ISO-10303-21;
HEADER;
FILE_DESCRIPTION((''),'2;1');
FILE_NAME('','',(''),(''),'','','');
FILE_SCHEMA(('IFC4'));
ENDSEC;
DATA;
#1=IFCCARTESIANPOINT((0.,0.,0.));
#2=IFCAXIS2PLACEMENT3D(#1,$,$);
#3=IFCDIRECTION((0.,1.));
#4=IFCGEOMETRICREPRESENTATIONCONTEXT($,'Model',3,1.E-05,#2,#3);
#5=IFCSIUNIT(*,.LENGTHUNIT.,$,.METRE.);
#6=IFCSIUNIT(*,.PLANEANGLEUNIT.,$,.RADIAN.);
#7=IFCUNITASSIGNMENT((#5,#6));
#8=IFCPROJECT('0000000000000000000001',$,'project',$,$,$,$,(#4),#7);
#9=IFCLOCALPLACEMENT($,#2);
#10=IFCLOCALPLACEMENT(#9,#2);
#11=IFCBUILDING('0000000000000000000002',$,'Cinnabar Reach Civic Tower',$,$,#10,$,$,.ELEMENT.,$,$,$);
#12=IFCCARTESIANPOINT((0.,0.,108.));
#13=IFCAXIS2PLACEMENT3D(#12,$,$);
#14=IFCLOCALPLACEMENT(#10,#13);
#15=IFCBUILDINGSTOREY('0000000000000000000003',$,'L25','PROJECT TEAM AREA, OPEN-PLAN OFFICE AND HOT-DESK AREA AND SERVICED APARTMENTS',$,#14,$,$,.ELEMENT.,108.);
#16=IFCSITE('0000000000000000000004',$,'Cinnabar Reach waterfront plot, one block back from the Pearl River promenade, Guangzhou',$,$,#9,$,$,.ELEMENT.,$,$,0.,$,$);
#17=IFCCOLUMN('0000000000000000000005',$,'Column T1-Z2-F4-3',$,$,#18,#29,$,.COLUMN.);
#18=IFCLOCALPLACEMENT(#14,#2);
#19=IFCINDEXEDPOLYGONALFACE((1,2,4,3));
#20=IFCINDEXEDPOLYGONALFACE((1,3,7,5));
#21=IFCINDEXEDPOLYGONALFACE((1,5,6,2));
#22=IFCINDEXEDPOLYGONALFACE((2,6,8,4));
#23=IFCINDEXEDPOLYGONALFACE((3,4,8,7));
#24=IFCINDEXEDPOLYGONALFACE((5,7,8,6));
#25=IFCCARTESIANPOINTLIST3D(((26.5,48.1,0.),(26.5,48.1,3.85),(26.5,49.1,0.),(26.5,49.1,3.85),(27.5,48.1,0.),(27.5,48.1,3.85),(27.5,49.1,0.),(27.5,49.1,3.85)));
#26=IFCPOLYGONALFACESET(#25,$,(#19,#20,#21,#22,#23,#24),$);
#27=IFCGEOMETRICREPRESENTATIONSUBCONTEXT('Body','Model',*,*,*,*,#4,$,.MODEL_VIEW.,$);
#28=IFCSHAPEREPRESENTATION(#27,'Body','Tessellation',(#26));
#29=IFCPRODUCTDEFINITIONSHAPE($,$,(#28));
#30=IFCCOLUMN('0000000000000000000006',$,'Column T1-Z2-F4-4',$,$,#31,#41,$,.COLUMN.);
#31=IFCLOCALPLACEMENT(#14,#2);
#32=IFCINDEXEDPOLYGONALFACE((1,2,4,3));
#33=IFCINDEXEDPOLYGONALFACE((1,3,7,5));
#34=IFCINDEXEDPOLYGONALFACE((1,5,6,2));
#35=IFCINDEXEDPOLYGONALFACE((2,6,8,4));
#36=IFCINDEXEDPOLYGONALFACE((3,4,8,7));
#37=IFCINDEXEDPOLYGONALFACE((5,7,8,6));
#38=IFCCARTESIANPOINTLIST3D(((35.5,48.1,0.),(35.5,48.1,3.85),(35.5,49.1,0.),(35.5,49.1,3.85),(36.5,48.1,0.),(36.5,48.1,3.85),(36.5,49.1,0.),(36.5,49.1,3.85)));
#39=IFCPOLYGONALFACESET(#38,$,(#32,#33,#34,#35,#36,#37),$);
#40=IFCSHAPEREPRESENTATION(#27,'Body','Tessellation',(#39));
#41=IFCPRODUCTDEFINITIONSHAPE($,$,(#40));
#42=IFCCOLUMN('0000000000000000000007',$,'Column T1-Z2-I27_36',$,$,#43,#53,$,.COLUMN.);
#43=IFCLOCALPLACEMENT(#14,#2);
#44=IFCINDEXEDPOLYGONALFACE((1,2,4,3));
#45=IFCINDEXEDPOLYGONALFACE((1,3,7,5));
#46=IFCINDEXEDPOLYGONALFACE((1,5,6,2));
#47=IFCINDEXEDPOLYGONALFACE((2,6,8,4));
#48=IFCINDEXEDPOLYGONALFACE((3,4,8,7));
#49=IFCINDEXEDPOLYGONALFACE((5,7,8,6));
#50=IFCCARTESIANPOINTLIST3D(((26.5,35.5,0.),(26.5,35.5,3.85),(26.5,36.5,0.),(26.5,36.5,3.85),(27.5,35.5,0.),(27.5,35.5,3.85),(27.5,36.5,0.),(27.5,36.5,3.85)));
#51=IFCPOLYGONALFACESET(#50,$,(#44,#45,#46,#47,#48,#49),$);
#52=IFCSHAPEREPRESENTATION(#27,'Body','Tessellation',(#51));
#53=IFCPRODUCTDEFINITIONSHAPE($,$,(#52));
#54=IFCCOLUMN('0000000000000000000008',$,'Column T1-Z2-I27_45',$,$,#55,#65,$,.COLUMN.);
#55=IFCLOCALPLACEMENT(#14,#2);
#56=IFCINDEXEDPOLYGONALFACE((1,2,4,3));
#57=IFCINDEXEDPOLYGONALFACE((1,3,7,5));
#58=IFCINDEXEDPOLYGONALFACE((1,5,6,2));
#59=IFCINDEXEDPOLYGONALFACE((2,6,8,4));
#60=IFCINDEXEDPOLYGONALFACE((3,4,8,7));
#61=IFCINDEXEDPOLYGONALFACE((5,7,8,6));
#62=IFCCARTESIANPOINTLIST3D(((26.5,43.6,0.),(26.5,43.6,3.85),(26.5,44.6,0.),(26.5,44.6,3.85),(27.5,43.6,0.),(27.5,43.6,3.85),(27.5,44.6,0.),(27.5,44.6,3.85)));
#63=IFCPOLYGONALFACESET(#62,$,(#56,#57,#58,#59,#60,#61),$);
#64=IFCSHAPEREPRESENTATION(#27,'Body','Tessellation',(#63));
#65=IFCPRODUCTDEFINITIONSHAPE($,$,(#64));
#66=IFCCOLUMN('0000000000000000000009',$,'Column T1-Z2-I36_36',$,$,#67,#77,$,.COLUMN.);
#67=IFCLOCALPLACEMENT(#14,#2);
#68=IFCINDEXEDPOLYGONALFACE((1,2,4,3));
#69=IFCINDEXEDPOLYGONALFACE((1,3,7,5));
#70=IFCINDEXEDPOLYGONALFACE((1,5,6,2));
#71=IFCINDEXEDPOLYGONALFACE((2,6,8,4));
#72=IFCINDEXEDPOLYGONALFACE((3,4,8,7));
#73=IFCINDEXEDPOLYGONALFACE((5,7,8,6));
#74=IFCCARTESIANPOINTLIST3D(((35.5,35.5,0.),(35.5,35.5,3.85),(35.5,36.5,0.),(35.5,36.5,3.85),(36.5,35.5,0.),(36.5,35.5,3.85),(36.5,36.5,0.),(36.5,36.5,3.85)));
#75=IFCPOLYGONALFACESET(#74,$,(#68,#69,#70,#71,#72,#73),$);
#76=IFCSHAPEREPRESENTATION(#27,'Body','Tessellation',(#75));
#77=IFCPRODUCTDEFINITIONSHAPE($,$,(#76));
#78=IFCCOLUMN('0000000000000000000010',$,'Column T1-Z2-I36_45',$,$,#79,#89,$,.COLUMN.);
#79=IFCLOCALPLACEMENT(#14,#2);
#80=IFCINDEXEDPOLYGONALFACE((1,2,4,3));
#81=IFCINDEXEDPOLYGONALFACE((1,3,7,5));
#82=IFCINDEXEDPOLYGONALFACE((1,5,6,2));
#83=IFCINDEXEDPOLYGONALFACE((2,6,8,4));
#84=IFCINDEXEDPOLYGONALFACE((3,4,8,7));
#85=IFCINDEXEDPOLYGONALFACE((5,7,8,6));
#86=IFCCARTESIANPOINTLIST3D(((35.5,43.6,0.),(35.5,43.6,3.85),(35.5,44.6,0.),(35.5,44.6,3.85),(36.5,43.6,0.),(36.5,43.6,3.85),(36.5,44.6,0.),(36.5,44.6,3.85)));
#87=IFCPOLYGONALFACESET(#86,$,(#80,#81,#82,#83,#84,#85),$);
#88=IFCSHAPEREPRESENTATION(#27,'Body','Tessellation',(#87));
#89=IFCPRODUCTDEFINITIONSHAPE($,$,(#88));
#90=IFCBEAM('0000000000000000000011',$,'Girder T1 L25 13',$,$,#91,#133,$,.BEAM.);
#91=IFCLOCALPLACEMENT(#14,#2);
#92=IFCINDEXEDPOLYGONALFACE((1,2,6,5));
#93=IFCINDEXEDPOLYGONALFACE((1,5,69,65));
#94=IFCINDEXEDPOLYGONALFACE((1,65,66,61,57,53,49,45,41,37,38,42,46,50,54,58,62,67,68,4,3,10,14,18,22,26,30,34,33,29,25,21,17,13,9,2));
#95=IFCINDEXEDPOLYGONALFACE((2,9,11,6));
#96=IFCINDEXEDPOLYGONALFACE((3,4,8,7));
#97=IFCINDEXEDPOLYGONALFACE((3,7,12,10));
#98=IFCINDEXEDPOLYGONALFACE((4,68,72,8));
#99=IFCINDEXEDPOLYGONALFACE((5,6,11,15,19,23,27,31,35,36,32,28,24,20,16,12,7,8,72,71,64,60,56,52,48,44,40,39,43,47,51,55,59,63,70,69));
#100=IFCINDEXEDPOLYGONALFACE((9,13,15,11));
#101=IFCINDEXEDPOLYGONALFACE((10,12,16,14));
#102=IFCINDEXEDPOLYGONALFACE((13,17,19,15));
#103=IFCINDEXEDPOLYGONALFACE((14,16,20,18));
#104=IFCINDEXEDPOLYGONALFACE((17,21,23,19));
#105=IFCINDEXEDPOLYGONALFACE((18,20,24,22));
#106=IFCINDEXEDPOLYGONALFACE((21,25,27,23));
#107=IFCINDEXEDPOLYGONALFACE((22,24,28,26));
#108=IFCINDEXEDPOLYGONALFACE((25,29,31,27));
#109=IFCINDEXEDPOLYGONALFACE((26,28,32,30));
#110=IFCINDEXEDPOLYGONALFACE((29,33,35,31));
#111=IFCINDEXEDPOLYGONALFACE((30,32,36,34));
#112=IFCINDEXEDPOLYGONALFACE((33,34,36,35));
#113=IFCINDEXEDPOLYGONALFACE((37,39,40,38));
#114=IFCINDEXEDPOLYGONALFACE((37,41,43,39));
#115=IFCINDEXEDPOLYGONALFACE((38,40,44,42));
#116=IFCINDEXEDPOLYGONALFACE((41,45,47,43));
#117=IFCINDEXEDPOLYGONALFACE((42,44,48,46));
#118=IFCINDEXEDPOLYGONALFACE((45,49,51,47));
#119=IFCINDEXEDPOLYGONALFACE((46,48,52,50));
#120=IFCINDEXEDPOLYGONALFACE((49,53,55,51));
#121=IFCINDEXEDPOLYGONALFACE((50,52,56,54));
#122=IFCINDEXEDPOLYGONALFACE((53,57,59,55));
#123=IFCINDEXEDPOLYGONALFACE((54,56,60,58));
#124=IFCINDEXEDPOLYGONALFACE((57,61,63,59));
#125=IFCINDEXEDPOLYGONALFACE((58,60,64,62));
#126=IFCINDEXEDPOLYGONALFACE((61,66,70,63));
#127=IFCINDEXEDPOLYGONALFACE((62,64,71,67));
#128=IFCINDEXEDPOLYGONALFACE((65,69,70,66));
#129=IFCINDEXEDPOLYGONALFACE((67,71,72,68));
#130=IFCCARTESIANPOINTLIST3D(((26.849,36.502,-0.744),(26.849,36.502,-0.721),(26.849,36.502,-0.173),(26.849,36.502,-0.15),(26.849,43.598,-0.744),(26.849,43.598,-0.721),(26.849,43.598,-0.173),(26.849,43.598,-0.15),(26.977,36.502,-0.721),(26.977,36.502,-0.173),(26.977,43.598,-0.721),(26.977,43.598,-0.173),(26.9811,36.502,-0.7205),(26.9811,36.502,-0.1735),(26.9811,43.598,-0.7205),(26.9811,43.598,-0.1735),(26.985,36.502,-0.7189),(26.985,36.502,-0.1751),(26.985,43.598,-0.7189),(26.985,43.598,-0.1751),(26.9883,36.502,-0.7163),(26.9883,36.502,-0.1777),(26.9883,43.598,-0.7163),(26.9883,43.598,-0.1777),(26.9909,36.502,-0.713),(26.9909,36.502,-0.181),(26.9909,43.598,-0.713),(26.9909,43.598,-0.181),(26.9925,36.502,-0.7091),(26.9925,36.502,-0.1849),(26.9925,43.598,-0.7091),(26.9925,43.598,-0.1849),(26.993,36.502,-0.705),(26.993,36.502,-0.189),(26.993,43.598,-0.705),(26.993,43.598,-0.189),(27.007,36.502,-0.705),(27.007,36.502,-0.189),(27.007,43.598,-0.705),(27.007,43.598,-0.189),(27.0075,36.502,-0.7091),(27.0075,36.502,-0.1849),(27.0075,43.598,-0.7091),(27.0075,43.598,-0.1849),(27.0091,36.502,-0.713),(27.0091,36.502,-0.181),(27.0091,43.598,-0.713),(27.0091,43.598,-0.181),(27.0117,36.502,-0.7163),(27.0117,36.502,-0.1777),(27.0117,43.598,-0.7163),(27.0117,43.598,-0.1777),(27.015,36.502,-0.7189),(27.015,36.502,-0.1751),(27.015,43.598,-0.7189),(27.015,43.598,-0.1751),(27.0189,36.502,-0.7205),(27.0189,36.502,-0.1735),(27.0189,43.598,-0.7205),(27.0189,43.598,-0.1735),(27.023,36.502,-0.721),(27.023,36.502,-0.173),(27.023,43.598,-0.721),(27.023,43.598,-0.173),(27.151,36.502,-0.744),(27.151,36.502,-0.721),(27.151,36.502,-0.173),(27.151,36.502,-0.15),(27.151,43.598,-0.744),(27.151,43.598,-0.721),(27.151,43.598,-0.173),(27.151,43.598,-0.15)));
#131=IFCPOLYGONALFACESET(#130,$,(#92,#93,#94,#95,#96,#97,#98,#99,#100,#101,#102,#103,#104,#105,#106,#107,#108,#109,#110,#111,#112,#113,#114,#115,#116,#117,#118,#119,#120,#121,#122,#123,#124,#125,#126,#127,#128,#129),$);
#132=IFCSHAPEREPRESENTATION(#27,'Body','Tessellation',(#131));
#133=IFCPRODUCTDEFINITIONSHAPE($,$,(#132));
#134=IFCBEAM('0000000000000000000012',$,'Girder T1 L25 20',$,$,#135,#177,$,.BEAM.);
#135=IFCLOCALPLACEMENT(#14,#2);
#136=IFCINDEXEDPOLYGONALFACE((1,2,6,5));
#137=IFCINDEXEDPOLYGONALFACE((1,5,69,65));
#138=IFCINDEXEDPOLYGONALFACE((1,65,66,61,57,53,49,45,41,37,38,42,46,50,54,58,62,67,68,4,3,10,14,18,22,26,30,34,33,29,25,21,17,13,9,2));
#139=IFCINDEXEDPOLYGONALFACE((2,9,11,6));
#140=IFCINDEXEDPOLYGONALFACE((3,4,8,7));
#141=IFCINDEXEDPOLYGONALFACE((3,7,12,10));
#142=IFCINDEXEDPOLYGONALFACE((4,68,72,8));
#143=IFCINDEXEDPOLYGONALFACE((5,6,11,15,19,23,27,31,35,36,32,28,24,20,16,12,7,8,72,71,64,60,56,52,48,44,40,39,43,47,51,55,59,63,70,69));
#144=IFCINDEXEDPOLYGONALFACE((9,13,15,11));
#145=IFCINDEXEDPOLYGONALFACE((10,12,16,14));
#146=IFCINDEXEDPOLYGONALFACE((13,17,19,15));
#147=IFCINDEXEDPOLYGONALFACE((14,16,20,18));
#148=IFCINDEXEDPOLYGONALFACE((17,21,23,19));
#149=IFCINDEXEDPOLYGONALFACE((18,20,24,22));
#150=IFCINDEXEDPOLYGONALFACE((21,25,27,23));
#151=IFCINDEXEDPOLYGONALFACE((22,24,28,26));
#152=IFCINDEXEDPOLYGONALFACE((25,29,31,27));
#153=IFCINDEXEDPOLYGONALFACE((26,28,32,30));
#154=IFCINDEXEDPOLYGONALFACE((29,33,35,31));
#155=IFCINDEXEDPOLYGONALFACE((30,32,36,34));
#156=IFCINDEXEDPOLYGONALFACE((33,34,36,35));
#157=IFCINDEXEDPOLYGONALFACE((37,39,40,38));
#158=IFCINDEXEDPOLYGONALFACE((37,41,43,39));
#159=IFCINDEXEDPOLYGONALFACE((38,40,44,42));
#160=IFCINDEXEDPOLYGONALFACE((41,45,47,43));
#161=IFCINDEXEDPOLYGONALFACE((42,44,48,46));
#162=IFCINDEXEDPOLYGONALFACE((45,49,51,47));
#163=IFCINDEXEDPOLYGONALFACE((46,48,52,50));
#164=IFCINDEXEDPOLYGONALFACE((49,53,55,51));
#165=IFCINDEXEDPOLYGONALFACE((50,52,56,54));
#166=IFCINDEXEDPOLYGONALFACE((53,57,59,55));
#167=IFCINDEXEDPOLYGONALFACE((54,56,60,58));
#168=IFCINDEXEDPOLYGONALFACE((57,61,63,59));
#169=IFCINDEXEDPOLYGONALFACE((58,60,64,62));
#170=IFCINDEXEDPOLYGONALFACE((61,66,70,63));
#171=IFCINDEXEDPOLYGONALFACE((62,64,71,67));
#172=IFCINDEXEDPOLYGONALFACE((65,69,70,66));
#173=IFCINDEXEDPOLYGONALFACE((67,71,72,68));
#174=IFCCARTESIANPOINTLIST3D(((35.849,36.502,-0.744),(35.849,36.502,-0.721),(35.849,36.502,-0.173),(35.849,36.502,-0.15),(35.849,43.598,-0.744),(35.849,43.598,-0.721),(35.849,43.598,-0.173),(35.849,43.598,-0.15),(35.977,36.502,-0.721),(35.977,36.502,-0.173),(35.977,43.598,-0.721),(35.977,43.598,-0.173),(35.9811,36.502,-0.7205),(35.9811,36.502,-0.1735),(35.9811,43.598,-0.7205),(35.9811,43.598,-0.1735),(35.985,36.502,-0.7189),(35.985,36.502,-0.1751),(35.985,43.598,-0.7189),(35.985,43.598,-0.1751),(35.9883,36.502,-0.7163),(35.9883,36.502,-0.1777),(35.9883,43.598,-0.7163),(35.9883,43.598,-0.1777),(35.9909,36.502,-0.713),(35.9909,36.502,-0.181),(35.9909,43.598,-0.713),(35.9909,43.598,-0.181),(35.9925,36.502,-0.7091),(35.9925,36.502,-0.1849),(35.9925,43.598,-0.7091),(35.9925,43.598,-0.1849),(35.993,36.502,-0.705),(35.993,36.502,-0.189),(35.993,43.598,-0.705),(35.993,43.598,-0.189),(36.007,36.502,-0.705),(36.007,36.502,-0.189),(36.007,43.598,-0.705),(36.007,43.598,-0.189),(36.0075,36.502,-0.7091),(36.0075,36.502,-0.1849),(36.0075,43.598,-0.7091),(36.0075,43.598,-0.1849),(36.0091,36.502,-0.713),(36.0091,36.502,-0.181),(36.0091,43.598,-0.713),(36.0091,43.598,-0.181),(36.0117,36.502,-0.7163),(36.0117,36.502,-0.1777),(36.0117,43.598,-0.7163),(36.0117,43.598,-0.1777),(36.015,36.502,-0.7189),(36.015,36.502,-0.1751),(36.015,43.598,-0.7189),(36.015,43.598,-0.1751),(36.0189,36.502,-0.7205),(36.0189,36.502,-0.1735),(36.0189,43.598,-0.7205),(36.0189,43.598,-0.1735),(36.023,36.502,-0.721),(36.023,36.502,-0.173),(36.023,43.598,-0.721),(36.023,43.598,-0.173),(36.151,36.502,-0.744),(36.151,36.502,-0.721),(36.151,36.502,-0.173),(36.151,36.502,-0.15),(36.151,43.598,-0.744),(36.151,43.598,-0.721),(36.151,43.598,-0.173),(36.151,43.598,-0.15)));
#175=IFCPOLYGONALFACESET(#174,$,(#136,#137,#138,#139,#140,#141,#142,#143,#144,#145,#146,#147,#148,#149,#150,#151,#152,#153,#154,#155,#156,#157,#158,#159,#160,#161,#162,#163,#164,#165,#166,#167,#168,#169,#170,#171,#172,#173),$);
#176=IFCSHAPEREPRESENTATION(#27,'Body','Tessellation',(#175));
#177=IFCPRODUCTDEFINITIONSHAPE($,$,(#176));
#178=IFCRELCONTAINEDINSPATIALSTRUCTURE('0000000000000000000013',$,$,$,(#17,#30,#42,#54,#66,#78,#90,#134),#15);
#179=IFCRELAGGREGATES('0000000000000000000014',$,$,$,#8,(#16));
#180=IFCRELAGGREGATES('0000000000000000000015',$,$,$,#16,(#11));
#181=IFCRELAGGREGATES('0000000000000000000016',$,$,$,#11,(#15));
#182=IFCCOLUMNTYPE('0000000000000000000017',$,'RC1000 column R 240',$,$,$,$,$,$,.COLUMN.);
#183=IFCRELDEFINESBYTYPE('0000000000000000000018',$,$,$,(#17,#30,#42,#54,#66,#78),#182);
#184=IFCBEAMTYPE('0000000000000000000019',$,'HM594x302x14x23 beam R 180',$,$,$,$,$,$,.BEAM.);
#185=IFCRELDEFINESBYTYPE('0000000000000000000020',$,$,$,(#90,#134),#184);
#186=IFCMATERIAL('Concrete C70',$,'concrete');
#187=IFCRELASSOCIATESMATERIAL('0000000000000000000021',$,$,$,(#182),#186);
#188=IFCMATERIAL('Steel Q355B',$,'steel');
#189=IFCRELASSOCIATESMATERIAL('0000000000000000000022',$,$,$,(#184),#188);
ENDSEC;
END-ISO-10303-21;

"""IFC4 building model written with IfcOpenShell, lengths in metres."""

from ifc_helpers import new_model, si_unit, direction, frame, origin, origin_2d, place, context, subcontext, project, spatial, rectangle, i_section, extrude, material, material_profile, profile_set, type_object, element, save


model = new_model("IFC4")

# Units and contexts
model_context = context("Model", 3, precision=1e-05, world=origin(), true_north=direction((0.0, 1.0)))
body_context = subcontext(model_context, "Body", "Model", "MODEL_VIEW")
ifc_project = project(units=[si_unit("LENGTHUNIT", "METRE"), si_unit("PLANEANGLEUNIT", "RADIAN")], contexts=[model_context])

# Site, building, storey
site_placement = place(None, origin())
site = spatial("IfcSite", under=ifc_project, at=site_placement, Name="Cinnabar Reach waterfront plot, one block back from the Pearl River promenade, Guangzhou", CompositionType="ELEMENT", RefElevation=0.0)
building_placement = place(site_placement, origin())
building = spatial("IfcBuilding", under=site, at=building_placement, Name="Cinnabar Reach Civic Tower", CompositionType="ELEMENT")
storey_placement = place(building_placement, frame((0.0, 0.0, 108.0)))
storey = spatial("IfcBuildingStorey", under=building, at=storey_placement, Name="L25", Description="PROJECT TEAM AREA, OPEN-PLAN OFFICE AND HOT-DESK AREA AND SERVICED APARTMENTS", CompositionType="ELEMENT", Elevation=108.0)

# Columns
ifc_material_1 = material(Name="Concrete C70", Category="concrete")
ifc_material_profile_1 = material_profile(ifc_material_1, rectangle(XDim=1.0, YDim=1.0, at=origin_2d()), Name="RC1000")
ifc_profile_set_1 = profile_set([ifc_material_profile_1], Name="Concrete C70")
column_type = type_object("IfcColumnType", Name="RC1000 column R 240", PredefinedType="COLUMN", material=ifc_profile_set_1)
for number, where, z_axis, x_axis, name in (
    (1, (27.0, 48.6, 0.0), (0.0, 0.0, 1.0), (1.0, 0.0, 0.0), "Column T1-Z2-F4-3"),
    (2, (36.0, 48.6, 0.0), (0.0, 0.0, 1.0), (1.0, 0.0, 0.0), "Column T1-Z2-F4-4"),
    (3, (27.0, 36.0, 0.0), (0.0, 0.0, 1.0), (1.0, 0.0, 0.0), "Column T1-Z2-I27_36"),
    (4, (27.0, 44.1, 0.0), (0.0, 0.0, 1.0), (1.0, 0.0, 0.0), "Column T1-Z2-I27_45"),
    (5, (36.0, 36.0, 0.0), (0.0, 0.0, 1.0), (1.0, 0.0, 0.0), "Column T1-Z2-I36_36"),
    (6, (36.0, 44.1, 0.0), (0.0, 0.0, 1.0), (1.0, 0.0, 0.0), "Column T1-Z2-I36_45"),
):
    element("IfcColumn", number, at=place(storey_placement, frame(where, z_axis=z_axis, x_axis=x_axis)), inside=storey, type_object=column_type, Name=name, PredefinedType="COLUMN", context=body_context, shape_type="SweptSolid", body=[
        extrude(rectangle(XDim=1.0, YDim=1.0, at=origin_2d()), origin(), (0.0, 0.0, 1.0), 3.85),
    ])

# Beams
ifc_material_2 = material(Name="Steel Q355B", Category="steel")
ifc_material_profile_2 = material_profile(ifc_material_2, i_section(OverallWidth=0.302, OverallDepth=0.594, WebThickness=0.014, FlangeThickness=0.023, FilletRadius=0.016, at=origin_2d()), Name="HM594x302x14x23")
ifc_profile_set_2 = profile_set([ifc_material_profile_2], Name="Steel Q355B")
beam_type_1 = type_object("IfcBeamType", Name="HM594x302x14x23 beam R 180", PredefinedType="BEAM", material=ifc_profile_set_2)
for number, where, z_axis, x_axis, name in (
    (7, (27.0, 36.502, -0.447), (0.0, 1.0, 0.0), (-1.0, 0.0, 0.0), "Girder T1 L25 13"),
    (8, (36.0, 36.502, -0.447), (0.0, 1.0, 0.0), (-1.0, 0.0, 0.0), "Girder T1 L25 20"),
):
    element("IfcBeam", number, at=place(storey_placement, frame(where, z_axis=z_axis, x_axis=x_axis)), inside=storey, type_object=beam_type_1, Name=name, PredefinedType="BEAM", context=body_context, shape_type="SweptSolid", body=[
        extrude(i_section(OverallWidth=0.302, OverallDepth=0.594, WebThickness=0.014, FlangeThickness=0.023, FilletRadius=0.016, at=origin_2d()), origin(), (0.0, 0.0, 1.0), 7.096),
    ])

save(model, "model.ifc")
